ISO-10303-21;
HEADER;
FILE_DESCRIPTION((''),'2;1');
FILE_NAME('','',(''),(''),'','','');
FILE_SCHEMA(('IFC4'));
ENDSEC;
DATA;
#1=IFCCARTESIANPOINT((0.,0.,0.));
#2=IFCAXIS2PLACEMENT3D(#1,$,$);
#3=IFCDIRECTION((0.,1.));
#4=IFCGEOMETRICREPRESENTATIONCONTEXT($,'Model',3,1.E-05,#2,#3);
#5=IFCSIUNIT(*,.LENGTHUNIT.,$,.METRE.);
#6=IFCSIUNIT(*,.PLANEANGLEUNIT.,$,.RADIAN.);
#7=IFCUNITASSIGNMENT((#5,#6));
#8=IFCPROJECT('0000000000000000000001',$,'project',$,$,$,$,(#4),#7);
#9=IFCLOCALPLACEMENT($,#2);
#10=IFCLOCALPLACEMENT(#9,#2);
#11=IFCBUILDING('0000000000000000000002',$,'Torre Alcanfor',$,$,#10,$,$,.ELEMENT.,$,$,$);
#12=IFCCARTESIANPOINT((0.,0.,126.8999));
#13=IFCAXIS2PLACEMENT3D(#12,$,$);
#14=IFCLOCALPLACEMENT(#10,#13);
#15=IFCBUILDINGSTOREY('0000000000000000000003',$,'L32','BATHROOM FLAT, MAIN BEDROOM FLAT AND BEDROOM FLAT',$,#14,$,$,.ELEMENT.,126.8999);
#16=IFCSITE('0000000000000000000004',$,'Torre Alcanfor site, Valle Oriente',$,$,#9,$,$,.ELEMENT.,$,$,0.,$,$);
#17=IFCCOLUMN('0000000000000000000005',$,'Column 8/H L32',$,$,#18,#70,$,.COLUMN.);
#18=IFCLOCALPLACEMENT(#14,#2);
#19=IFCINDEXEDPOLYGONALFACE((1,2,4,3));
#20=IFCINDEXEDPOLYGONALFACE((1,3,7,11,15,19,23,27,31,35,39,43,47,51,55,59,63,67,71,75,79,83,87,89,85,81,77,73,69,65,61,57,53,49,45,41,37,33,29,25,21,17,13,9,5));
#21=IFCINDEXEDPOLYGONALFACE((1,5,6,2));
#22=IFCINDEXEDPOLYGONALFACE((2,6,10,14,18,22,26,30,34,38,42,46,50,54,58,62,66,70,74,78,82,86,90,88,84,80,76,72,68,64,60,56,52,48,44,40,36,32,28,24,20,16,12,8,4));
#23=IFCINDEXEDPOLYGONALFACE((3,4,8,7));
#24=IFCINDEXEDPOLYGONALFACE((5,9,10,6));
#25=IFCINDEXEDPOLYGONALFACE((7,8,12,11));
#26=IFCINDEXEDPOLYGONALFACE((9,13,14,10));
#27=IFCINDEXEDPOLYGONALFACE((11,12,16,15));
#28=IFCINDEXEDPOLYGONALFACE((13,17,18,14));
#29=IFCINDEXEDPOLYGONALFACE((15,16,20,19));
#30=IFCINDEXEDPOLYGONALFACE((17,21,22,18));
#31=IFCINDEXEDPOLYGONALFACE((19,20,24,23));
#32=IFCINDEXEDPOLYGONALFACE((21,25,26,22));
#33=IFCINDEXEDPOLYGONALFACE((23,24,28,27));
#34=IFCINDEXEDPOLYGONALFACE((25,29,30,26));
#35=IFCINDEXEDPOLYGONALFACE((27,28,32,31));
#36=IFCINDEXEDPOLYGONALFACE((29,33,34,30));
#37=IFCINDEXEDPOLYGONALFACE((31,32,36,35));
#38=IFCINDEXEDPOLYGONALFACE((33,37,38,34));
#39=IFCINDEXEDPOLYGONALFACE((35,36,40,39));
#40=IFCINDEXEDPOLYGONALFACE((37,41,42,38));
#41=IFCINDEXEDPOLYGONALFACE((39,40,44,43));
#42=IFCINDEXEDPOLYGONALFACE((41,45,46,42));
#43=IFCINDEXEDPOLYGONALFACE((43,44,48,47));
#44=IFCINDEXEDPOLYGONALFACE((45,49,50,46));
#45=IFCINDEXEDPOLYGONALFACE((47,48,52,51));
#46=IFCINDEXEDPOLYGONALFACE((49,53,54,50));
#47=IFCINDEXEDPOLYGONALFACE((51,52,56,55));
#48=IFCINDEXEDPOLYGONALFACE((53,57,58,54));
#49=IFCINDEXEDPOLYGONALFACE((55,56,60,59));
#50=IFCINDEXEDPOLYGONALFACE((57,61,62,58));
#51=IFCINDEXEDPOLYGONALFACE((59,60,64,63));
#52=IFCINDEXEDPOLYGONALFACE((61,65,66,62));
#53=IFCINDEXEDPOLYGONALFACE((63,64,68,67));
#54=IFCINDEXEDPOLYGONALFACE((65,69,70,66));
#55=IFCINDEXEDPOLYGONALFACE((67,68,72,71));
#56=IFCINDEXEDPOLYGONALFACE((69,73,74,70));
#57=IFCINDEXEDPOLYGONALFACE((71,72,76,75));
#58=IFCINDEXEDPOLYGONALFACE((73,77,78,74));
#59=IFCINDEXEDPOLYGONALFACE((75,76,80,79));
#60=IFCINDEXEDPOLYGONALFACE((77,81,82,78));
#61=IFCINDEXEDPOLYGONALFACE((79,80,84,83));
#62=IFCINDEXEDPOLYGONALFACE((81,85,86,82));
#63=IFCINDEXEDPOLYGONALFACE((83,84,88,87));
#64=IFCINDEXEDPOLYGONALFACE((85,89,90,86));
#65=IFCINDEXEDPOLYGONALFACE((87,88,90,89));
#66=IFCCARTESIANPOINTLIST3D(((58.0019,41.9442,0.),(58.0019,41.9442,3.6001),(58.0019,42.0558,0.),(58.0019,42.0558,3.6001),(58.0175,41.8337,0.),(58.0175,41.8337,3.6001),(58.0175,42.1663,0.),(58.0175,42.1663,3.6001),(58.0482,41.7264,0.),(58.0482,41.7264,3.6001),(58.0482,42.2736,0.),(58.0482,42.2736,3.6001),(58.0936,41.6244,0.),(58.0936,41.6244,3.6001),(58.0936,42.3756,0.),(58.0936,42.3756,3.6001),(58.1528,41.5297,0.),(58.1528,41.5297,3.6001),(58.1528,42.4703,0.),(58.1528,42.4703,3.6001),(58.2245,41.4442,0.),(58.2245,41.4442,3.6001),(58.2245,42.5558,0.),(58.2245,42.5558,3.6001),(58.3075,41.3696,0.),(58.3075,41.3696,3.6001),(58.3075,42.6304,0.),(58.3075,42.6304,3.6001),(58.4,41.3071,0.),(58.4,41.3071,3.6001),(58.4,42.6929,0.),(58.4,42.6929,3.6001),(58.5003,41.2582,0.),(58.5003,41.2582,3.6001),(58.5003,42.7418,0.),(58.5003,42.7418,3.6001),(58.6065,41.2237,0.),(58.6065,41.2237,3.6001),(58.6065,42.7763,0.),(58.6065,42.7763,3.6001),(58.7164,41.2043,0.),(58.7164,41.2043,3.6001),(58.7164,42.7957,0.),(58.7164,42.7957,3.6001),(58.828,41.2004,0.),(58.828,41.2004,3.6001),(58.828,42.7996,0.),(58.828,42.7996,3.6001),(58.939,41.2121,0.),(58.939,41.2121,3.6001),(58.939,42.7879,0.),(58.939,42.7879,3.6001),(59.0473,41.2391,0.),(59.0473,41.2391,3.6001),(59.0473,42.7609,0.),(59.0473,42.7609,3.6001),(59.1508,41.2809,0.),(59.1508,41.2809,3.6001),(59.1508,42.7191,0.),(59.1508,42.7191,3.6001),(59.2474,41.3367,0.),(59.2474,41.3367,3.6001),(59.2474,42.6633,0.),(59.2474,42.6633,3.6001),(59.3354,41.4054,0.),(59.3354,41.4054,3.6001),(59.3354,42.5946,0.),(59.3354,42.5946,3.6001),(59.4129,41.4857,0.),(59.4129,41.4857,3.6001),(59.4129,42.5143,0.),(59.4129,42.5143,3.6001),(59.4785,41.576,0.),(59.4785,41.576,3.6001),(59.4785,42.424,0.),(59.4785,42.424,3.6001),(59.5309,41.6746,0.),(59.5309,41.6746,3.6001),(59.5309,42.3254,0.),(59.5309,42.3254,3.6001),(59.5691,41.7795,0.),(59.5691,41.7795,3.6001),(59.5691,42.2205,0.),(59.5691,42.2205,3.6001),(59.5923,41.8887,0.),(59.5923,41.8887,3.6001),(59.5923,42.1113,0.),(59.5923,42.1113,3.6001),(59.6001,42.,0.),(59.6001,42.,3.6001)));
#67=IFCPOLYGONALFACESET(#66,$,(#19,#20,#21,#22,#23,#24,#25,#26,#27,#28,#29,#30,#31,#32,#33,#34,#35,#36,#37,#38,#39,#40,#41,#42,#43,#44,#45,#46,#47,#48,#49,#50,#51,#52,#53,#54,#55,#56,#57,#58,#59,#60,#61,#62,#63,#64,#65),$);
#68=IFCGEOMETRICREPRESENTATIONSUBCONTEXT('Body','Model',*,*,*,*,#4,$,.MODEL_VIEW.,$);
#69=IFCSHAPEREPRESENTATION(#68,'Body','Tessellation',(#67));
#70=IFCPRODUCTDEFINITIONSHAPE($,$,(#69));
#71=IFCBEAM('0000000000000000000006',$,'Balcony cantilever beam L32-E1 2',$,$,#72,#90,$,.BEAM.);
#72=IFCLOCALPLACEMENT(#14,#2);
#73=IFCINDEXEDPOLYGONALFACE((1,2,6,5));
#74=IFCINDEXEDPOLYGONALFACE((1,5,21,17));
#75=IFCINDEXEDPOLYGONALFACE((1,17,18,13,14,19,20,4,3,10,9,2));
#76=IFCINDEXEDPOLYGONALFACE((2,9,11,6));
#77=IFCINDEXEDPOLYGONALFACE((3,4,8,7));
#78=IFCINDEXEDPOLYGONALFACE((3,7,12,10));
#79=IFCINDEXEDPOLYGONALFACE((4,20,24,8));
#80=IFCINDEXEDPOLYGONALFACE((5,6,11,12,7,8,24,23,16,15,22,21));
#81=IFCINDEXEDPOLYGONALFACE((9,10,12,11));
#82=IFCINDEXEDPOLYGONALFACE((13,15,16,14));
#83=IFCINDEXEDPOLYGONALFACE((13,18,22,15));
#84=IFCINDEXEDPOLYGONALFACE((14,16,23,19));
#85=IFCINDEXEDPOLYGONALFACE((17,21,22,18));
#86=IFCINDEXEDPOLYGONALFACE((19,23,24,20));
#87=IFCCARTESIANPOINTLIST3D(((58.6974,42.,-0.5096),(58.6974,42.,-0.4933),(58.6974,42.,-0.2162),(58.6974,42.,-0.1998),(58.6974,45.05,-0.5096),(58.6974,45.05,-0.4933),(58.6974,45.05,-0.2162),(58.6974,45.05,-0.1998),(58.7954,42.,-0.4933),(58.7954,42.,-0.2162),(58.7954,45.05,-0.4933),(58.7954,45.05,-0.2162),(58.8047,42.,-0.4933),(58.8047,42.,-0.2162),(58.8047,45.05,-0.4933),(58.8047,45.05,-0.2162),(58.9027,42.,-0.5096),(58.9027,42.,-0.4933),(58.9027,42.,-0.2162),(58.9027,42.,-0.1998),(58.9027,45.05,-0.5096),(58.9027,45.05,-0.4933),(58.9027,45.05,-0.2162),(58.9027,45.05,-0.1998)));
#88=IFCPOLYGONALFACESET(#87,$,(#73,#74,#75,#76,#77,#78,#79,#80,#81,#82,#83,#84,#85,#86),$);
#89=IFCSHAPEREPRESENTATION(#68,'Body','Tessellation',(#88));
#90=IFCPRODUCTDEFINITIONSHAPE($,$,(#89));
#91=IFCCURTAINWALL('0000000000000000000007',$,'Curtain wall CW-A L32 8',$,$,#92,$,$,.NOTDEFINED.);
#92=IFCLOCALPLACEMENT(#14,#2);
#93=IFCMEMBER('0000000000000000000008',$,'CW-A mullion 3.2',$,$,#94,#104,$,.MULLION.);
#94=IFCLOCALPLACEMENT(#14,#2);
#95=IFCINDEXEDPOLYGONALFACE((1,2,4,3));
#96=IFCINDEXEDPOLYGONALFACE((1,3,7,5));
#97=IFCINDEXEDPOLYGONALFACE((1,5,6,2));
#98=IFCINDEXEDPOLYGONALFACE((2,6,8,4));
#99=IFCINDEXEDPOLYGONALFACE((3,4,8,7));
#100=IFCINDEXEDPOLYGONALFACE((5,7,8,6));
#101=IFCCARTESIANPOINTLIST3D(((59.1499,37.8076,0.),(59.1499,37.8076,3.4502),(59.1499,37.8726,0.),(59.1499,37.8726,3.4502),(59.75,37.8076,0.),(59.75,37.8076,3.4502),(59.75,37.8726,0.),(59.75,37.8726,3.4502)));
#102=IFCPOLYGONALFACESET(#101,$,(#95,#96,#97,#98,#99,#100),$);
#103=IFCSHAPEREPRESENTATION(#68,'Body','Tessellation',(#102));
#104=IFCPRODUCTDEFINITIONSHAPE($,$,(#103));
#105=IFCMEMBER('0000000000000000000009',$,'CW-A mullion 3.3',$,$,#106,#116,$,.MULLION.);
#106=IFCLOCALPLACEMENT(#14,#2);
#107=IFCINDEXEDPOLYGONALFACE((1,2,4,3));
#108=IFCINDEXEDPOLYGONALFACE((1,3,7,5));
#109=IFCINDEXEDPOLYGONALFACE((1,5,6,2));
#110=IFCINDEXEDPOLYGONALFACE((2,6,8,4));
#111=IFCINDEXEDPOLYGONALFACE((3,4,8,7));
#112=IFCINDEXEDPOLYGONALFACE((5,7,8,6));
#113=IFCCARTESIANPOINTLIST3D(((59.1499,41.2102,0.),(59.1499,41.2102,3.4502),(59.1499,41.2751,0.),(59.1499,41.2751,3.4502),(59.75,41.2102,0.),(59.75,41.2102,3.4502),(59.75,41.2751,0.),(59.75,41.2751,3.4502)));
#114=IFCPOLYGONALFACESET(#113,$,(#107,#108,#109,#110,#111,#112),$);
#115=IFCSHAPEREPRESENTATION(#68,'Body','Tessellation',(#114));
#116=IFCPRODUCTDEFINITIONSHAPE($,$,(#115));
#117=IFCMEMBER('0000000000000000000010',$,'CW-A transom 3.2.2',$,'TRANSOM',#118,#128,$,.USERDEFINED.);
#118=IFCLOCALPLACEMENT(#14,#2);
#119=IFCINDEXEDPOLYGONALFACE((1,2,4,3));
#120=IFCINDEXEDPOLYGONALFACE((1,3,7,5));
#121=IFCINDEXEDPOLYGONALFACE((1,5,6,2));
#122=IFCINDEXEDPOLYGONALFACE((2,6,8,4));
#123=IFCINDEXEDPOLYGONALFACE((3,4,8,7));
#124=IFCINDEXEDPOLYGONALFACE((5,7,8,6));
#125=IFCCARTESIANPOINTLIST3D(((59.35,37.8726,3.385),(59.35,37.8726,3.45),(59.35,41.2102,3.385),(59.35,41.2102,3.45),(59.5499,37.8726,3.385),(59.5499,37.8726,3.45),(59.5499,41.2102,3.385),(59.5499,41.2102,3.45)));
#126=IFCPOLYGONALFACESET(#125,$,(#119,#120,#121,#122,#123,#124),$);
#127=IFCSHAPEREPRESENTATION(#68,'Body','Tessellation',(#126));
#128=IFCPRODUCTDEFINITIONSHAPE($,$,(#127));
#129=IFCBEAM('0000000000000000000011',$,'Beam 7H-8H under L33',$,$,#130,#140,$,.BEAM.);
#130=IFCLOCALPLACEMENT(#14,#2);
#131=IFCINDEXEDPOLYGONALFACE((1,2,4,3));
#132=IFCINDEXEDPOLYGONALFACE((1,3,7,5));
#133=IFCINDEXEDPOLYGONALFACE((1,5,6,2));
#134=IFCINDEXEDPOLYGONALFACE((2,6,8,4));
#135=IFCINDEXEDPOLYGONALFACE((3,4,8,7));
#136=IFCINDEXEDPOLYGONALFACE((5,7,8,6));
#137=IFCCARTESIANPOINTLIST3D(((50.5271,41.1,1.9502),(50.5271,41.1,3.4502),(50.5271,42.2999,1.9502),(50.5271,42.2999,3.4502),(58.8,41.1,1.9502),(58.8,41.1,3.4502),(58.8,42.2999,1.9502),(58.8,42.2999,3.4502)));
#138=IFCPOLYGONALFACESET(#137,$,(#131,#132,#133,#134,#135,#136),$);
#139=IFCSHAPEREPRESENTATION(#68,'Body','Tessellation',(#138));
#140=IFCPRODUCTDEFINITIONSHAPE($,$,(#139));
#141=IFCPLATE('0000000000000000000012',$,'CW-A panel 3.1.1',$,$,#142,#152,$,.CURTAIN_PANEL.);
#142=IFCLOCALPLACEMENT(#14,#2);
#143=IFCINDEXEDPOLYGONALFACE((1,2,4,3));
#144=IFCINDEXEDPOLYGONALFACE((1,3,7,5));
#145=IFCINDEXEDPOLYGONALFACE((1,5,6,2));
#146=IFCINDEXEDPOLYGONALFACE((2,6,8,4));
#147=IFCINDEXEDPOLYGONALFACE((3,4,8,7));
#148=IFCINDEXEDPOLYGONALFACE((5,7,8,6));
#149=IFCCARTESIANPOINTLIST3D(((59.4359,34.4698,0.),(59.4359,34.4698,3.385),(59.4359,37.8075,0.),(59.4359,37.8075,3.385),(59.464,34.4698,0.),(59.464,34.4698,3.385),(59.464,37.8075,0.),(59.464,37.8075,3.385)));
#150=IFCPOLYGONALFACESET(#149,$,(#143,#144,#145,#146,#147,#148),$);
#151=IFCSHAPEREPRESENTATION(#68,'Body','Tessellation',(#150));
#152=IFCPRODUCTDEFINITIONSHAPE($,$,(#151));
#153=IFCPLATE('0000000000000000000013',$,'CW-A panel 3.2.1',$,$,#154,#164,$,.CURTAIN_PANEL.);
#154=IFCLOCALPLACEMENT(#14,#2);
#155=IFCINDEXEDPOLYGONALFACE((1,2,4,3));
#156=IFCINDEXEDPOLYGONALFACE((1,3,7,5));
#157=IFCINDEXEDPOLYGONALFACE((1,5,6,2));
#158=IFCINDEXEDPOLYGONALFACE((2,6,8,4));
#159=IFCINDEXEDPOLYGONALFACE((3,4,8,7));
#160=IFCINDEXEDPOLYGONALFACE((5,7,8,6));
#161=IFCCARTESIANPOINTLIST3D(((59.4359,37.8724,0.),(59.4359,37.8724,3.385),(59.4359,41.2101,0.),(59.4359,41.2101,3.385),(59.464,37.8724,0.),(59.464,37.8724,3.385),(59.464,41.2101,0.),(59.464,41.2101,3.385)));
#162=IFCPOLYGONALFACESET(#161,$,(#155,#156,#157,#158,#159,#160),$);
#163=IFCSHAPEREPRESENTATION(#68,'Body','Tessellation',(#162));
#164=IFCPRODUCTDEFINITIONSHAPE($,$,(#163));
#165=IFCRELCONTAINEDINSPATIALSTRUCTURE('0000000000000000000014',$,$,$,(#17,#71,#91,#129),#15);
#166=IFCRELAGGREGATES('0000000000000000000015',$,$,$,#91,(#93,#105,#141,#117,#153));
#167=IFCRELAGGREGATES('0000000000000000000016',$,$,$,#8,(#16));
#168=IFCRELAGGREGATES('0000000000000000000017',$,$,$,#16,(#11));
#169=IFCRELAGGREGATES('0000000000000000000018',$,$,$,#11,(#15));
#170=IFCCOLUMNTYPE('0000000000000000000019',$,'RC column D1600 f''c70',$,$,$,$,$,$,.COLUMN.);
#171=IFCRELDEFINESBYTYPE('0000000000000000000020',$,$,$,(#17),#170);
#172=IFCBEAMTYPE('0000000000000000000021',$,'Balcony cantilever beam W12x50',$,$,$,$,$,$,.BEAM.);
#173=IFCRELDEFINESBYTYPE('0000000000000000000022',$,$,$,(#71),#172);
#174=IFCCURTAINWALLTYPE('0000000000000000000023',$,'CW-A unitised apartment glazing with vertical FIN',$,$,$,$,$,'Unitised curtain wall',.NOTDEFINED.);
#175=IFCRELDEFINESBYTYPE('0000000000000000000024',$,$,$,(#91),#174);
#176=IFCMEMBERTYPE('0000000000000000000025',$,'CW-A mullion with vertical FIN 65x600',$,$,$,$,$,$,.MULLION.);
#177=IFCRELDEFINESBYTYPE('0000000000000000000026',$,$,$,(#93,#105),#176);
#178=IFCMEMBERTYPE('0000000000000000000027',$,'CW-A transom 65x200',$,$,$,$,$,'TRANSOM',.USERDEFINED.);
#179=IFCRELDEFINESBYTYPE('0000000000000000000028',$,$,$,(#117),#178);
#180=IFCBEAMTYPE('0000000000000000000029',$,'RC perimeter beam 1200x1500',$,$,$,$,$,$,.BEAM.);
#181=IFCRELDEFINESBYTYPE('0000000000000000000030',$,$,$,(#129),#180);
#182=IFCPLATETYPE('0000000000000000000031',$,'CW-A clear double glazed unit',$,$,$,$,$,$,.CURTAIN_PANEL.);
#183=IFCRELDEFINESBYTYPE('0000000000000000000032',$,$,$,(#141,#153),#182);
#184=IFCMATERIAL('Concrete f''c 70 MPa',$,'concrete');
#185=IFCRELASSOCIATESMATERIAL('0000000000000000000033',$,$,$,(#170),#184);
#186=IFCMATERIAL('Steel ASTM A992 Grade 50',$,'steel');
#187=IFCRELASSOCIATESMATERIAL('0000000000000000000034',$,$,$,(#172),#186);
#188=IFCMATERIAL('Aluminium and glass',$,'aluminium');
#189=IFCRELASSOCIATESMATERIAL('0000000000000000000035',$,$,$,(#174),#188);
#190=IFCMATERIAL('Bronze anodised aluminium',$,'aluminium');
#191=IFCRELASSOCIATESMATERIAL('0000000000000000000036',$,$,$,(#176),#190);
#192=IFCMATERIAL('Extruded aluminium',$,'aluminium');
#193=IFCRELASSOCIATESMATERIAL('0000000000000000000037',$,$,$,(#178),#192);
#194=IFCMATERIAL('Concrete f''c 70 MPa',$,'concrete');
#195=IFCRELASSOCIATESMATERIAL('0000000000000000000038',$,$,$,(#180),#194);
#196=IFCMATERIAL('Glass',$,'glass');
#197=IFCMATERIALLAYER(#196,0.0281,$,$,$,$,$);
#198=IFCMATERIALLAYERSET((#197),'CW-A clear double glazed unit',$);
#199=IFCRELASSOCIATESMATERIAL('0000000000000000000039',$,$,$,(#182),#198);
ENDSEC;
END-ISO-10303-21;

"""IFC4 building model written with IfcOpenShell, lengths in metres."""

from ifc_helpers import new_model, si_unit, direction, frame, origin, origin_2d, place, context, subcontext, project, spatial, rectangle, circle, i_section, extrude, material, layer, layer_set, material_profile, profile_set, type_object, element, aggregate, save


model = new_model("IFC4")

# Units and contexts
model_context = context("Model", 3, precision=1e-05, world=origin(), true_north=direction((0.0, 1.0)))
body_context = subcontext(model_context, "Body", "Model", "MODEL_VIEW")
ifc_project = project(units=[si_unit("LENGTHUNIT", "METRE"), si_unit("PLANEANGLEUNIT", "RADIAN")], contexts=[model_context])

# Site, building, storey
site_placement = place(None, origin())
site = spatial("IfcSite", under=ifc_project, at=site_placement, Name="Torre Alcanfor site, Valle Oriente", CompositionType="ELEMENT", RefElevation=0.0)
building_placement = place(site_placement, origin())
building = spatial("IfcBuilding", under=site, at=building_placement, Name="Torre Alcanfor", CompositionType="ELEMENT")
storey_placement = place(building_placement, frame((0.0, 0.0, 126.8999)))
storey = spatial("IfcBuildingStorey", under=building, at=storey_placement, Name="L32", Description="BATHROOM FLAT, MAIN BEDROOM FLAT AND BEDROOM FLAT", CompositionType="ELEMENT", Elevation=126.8999)

# Column
ifc_material_1 = material(Name="Concrete f'c 70 MPa", Category="concrete")
ifc_material_profile_1 = material_profile(ifc_material_1, circle(Radius=0.8, at=origin_2d()), Name="D1600")
ifc_profile_set_1 = profile_set([ifc_material_profile_1], Name="Concrete f'c 70 MPa")
column_type = type_object("IfcColumnType", Name="RC column D1600 f'c70", PredefinedType="COLUMN", material=ifc_profile_set_1)
column_placement = place(storey_placement, frame((58.8, 42.0, 0.0), z_axis=(0.0, 0.0, 1.0), x_axis=(1.0, 0.0, 0.0)))
element("IfcColumn", 1, at=column_placement, inside=storey, type_object=column_type, Name="Column 8/H L32", PredefinedType="COLUMN", context=body_context, shape_type="SweptSolid", body=[
    extrude(circle(Radius=0.8, at=origin_2d()), origin(), (0.0, 0.0, 1.0), 3.6001),
])

# Beam
ifc_material_2 = material(Name="Steel ASTM A992 Grade 50", Category="steel")
ifc_material_profile_2 = material_profile(ifc_material_2, i_section(OverallWidth=0.2053, OverallDepth=0.3098, WebThickness=0.0093, FlangeThickness=0.0164, at=origin_2d()), Name="W12x50")
ifc_profile_set_2 = profile_set([ifc_material_profile_2], Name="Steel ASTM A992 Grade 50")
beam_type_1 = type_object("IfcBeamType", Name="Balcony cantilever beam W12x50", PredefinedType="BEAM", material=ifc_profile_set_2)
beam_1_placement = place(storey_placement, frame((58.8, 42.0, -0.3547), z_axis=(0.0, 1.0, 0.0), x_axis=(-1.0, 0.0, 0.0)))
element("IfcBeam", 2, at=beam_1_placement, inside=storey, type_object=beam_type_1, Name="Balcony cantilever beam L32-E1 2", PredefinedType="BEAM", context=body_context, shape_type="SweptSolid", body=[
    extrude(i_section(OverallWidth=0.2053, OverallDepth=0.3098, WebThickness=0.0093, FlangeThickness=0.0164, at=origin_2d()), origin(), (0.0, 0.0, 1.0), 3.05),
])

# Curtain wall, members
ifc_material_3 = material(Name="Aluminium and glass", Category="aluminium")
curtain_wall_type = type_object("IfcCurtainWallType", Name="CW-A unitised apartment glazing with vertical FIN", ElementType="Unitised curtain wall", PredefinedType="NOTDEFINED", material=ifc_material_3)
curtain_wall_placement = place(storey_placement, origin())
curtain_wall = element("IfcCurtainWall", 3, at=curtain_wall_placement, inside=storey, type_object=curtain_wall_type, Name="Curtain wall CW-A L32 8", PredefinedType="NOTDEFINED")
ifc_material_4 = material(Name="Bronze anodised aluminium", Category="aluminium")
ifc_material_profile_3 = material_profile(ifc_material_4, rectangle(XDim=0.6001, YDim=0.0649, at=origin_2d()), Name="CW-A mullion 65x600")
ifc_profile_set_3 = profile_set([ifc_material_profile_3], Name="Bronze anodised aluminium")
member_type_1 = type_object("IfcMemberType", Name="CW-A mullion with vertical FIN 65x600", PredefinedType="MULLION", material=ifc_profile_set_3)
member_1_placement = place(storey_placement, frame((59.45, 37.8401, 0.0), z_axis=(0.0, 0.0, 1.0), x_axis=(-1.0, 0.0, 0.0)))
member_1 = element("IfcMember", 4, at=member_1_placement, type_object=member_type_1, Name="CW-A mullion 3.2", PredefinedType="MULLION", context=body_context, shape_type="SweptSolid", body=[
    extrude(rectangle(XDim=0.6001, YDim=0.0649, at=origin_2d()), origin(), (0.0, 0.0, 1.0), 3.4502),
])
member_2_placement = place(storey_placement, frame((59.45, 41.2427, 0.0), z_axis=(0.0, 0.0, 1.0), x_axis=(-1.0, 0.0, 0.0)))
member_2 = element("IfcMember", 5, at=member_2_placement, type_object=member_type_1, Name="CW-A mullion 3.3", PredefinedType="MULLION", context=body_context, shape_type="SweptSolid", body=[
    extrude(rectangle(XDim=0.6001, YDim=0.0649, at=origin_2d()), origin(), (0.0, 0.0, 1.0), 3.4502),
])
ifc_material_5 = material(Name="Extruded aluminium", Category="aluminium")
ifc_material_profile_4 = material_profile(ifc_material_5, rectangle(XDim=0.2, YDim=0.0649, at=origin_2d()), Name="CW-A transom 200x65")
ifc_profile_set_4 = profile_set([ifc_material_profile_4], Name="Extruded aluminium")
member_type_2 = type_object("IfcMemberType", Name="CW-A transom 65x200", ElementType="TRANSOM", PredefinedType="USERDEFINED", material=ifc_profile_set_4)
member_3_placement = place(storey_placement, frame((59.45, 37.8726, 3.4175), z_axis=(0.0, 1.0, 0.0), x_axis=(-1.0, 0.0, 0.0)))
member_3 = element("IfcMember", 6, at=member_3_placement, type_object=member_type_2, Name="CW-A transom 3.2.2", ObjectType="TRANSOM", PredefinedType="USERDEFINED", context=body_context, shape_type="SweptSolid", body=[
    extrude(rectangle(XDim=0.2, YDim=0.0649, at=origin_2d()), origin(), (0.0, 0.0, 1.0), 3.3376),
])

# Beam
ifc_material_6 = material(Name="Concrete f'c 70 MPa", Category="concrete")
ifc_material_profile_5 = material_profile(ifc_material_6, rectangle(XDim=1.2, YDim=1.5, at=origin_2d()), Name="1200x1500")
ifc_profile_set_5 = profile_set([ifc_material_profile_5], Name="Concrete f'c 70 MPa")
beam_type_2 = type_object("IfcBeamType", Name="RC perimeter beam 1200x1500", PredefinedType="BEAM", material=ifc_profile_set_5)
beam_2_placement = place(storey_placement, frame((50.5271, 41.7, 2.7002), z_axis=(1.0, 0.0, 0.0), x_axis=(0.0, 1.0, 0.0)))
element("IfcBeam", 7, at=beam_2_placement, inside=storey, type_object=beam_type_2, Name="Beam 7H-8H under L33", PredefinedType="BEAM", context=body_context, shape_type="SweptSolid", body=[
    extrude(rectangle(XDim=1.2, YDim=1.5, at=origin_2d()), origin(), (0.0, 0.0, 1.0), 8.2729),
])

# Plates
ifc_material_7 = material(Name="Glass", Category="glass")
ifc_layer_1 = layer(ifc_material_7, 0.0281)
ifc_layer_set_1 = layer_set([ifc_layer_1], Name="CW-A clear double glazed unit")
plate_type = type_object("IfcPlateType", Name="CW-A clear double glazed unit", PredefinedType="CURTAIN_PANEL", material=ifc_layer_set_1)
plate_1_placement = place(storey_placement, frame((59.45, 36.1387, 0.0), z_axis=(0.0, 0.0, 1.0), x_axis=(0.0, 1.0, 0.0)))
plate_1 = element("IfcPlate", 8, at=plate_1_placement, type_object=plate_type, Name="CW-A panel 3.1.1", PredefinedType="CURTAIN_PANEL", context=body_context, shape_type="SweptSolid", body=[
    extrude(rectangle(XDim=3.3376, YDim=0.0281, at=origin_2d()), origin(), (0.0, 0.0, 1.0), 3.385),
])
plate_2_placement = place(storey_placement, frame((59.45, 39.5413, 0.0), z_axis=(0.0, 0.0, 1.0), x_axis=(0.0, 1.0, 0.0)))
plate_2 = element("IfcPlate", 9, at=plate_2_placement, type_object=plate_type, Name="CW-A panel 3.2.1", PredefinedType="CURTAIN_PANEL", context=body_context, shape_type="SweptSolid", body=[
    extrude(rectangle(XDim=3.3376, YDim=0.0281, at=origin_2d()), origin(), (0.0, 0.0, 1.0), 3.385),
])
aggregate(curtain_wall, [member_1, member_2, plate_1, member_3, plate_2])

save(model, "model.ifc")
